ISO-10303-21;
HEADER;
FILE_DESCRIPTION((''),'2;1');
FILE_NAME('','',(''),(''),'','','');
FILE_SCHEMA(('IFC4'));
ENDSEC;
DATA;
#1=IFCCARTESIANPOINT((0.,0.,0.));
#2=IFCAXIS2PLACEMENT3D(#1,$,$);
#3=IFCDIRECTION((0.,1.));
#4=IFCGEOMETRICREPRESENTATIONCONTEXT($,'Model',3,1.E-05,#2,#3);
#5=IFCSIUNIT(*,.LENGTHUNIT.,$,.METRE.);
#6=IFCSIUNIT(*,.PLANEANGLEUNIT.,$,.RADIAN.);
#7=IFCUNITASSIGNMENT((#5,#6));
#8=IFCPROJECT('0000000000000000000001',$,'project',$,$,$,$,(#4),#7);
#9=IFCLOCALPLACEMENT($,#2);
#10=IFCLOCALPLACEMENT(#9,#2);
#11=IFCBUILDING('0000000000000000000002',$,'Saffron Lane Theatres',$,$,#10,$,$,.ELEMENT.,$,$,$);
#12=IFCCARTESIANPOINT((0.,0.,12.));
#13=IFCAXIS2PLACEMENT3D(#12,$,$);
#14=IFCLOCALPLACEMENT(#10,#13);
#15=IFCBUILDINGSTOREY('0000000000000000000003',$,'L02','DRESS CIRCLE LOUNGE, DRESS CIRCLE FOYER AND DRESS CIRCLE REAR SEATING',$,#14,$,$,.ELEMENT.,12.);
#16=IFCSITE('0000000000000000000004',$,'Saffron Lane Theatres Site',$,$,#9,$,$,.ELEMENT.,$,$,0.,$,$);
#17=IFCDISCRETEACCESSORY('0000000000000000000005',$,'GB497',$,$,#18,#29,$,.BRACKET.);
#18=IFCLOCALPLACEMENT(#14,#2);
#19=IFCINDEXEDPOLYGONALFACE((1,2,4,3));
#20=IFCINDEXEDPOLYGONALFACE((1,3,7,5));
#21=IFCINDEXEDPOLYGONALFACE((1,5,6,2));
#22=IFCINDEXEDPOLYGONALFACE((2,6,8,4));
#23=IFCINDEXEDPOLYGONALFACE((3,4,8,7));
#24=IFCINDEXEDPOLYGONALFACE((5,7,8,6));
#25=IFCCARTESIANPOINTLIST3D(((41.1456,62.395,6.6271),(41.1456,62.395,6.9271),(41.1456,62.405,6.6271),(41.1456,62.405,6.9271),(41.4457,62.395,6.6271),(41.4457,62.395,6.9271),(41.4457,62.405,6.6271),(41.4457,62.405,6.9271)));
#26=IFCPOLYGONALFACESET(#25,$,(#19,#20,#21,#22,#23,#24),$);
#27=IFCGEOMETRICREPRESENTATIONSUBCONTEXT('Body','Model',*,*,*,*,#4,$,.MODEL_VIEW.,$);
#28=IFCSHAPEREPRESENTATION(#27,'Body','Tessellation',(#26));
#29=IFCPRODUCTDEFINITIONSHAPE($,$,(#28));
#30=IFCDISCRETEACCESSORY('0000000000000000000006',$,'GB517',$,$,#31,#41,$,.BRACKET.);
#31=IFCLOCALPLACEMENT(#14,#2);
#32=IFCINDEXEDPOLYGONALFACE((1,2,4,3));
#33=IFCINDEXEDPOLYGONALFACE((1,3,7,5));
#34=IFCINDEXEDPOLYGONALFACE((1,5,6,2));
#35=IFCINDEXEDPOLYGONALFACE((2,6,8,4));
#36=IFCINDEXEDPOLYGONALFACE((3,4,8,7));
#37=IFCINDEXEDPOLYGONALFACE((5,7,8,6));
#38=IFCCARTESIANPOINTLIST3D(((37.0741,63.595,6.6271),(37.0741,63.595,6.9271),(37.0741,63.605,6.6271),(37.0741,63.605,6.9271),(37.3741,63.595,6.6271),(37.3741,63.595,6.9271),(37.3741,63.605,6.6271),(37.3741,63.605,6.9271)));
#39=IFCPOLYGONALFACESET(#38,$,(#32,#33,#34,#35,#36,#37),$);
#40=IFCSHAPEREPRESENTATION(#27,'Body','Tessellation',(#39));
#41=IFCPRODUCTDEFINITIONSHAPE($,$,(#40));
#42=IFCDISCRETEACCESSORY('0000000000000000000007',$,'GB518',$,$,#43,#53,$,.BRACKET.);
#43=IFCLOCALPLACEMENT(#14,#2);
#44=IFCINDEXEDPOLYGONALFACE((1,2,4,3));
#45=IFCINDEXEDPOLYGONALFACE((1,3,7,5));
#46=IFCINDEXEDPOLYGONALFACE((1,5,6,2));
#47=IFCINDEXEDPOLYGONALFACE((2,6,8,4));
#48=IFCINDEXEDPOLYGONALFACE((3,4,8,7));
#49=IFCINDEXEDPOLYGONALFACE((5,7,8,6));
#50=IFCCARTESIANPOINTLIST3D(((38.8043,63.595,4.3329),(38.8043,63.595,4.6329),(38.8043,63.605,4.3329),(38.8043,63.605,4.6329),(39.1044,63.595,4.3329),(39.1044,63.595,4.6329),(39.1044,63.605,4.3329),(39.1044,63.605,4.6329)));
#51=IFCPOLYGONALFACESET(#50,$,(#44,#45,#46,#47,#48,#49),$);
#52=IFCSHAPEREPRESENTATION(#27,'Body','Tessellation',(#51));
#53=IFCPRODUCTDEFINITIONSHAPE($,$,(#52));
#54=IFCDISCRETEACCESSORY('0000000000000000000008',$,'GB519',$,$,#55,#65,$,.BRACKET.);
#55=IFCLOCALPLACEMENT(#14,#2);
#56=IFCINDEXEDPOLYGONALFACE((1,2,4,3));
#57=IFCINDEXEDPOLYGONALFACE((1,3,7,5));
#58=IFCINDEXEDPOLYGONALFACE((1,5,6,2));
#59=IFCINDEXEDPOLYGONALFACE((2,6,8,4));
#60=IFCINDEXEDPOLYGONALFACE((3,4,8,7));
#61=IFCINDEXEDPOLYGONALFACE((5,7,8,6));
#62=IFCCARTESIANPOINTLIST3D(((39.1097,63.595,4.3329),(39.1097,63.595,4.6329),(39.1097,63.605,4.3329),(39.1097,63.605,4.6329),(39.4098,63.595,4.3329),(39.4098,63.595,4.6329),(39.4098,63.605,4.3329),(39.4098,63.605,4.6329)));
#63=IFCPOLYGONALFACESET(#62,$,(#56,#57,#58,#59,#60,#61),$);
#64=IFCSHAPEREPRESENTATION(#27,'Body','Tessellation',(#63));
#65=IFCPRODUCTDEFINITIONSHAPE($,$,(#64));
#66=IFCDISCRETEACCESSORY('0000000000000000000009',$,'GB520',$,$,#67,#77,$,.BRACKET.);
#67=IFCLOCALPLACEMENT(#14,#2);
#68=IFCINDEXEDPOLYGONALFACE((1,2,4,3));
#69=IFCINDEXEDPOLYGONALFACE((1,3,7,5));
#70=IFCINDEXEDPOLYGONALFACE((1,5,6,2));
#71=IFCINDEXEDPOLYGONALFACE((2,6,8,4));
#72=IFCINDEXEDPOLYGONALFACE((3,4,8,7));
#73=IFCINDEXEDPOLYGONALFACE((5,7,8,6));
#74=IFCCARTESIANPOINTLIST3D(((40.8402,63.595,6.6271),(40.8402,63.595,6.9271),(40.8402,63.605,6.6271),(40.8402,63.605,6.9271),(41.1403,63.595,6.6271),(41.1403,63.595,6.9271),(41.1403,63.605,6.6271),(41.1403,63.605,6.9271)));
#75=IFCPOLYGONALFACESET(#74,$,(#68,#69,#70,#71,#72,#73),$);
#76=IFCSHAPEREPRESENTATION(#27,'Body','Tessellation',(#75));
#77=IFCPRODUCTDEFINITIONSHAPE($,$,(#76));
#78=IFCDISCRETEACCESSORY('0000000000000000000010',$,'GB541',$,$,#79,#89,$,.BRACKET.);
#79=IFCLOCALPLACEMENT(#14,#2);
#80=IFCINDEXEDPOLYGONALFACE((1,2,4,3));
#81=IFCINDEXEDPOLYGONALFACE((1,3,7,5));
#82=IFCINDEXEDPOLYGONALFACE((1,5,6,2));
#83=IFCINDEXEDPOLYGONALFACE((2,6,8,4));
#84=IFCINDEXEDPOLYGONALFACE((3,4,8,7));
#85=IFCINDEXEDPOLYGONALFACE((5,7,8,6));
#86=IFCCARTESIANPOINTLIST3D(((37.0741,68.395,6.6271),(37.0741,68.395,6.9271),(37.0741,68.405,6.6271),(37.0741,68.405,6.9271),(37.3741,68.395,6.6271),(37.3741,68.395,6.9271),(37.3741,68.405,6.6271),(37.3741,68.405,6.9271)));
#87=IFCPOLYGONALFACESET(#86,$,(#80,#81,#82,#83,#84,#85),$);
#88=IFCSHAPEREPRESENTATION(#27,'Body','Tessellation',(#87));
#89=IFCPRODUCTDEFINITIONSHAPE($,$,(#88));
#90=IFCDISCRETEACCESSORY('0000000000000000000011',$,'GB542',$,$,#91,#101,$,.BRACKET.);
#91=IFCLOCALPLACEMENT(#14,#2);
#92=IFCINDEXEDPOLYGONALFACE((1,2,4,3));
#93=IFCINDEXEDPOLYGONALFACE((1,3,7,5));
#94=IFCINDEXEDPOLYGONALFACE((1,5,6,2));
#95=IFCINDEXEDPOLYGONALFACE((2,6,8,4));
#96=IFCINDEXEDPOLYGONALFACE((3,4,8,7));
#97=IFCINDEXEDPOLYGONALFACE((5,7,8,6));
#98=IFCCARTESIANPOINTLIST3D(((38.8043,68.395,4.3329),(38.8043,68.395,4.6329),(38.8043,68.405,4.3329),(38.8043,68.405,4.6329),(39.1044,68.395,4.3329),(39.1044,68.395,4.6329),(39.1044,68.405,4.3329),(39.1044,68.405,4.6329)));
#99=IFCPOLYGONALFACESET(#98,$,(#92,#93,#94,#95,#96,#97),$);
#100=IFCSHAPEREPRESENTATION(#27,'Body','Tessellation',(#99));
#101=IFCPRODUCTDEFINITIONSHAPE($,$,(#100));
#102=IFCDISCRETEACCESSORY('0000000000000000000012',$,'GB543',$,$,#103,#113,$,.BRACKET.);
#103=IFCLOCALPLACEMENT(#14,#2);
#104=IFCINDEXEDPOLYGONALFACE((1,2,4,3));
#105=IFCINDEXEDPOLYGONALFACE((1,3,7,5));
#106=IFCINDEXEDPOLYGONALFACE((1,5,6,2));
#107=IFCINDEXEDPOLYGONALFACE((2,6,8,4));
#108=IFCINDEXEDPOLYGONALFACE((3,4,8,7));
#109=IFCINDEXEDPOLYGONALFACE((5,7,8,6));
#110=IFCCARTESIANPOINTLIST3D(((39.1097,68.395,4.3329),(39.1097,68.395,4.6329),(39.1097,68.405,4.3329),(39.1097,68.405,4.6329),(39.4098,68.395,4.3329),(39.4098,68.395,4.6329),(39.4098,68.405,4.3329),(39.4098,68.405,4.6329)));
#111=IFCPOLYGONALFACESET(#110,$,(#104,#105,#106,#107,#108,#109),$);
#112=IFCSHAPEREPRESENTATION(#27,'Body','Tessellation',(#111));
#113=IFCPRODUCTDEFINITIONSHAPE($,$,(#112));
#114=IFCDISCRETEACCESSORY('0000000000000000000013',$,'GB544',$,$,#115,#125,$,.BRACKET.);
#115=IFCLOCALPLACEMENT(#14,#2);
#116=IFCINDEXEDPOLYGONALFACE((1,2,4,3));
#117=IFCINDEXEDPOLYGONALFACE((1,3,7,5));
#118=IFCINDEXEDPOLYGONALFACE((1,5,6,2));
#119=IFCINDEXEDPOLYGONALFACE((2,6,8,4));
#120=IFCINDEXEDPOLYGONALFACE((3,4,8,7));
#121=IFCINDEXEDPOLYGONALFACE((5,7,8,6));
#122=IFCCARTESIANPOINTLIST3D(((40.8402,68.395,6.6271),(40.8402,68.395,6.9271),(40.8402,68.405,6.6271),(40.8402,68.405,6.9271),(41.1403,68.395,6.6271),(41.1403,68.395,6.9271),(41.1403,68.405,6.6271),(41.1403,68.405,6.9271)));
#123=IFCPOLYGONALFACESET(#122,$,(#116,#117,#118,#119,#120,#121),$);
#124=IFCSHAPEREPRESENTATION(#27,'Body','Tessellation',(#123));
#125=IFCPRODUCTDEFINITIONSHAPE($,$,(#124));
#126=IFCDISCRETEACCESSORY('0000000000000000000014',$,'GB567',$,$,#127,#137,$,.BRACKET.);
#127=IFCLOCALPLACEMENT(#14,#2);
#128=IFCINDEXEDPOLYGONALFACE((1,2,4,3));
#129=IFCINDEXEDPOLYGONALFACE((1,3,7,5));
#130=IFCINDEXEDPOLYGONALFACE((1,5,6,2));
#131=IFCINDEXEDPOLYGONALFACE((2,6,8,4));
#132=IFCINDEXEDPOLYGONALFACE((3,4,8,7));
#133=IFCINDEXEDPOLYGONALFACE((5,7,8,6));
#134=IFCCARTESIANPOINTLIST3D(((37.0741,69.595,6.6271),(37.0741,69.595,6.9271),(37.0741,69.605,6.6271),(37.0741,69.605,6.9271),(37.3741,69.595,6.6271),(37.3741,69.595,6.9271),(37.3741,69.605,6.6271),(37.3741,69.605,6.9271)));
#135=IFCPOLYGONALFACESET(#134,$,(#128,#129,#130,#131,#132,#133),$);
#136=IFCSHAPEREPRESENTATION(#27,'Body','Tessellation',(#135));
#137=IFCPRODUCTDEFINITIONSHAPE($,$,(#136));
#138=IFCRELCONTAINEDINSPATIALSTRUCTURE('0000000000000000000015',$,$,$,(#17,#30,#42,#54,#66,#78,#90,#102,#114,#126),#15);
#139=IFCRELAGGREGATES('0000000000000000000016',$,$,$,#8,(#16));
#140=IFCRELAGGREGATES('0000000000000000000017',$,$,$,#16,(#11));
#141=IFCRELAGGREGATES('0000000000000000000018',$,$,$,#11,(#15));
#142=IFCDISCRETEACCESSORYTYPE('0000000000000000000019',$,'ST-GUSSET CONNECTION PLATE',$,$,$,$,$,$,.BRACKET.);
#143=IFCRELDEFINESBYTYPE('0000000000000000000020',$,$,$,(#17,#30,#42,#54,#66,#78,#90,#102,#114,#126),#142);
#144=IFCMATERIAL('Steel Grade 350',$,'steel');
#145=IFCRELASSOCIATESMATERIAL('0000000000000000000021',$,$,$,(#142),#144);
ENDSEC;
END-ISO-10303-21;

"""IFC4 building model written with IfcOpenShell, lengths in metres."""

from ifc_helpers import new_model, si_unit, direction, frame, origin, origin_2d, place, context, subcontext, project, spatial, rectangle, extrude, material, material_profile, profile_set, type_object, element, save


model = new_model("IFC4")

# Units and contexts
model_context = context("Model", 3, precision=1e-05, world=origin(), true_north=direction((0.0, 1.0)))
body_context = subcontext(model_context, "Body", "Model", "MODEL_VIEW")
ifc_project = project(units=[si_unit("LENGTHUNIT", "METRE"), si_unit("PLANEANGLEUNIT", "RADIAN")], contexts=[model_context])

# Site, building, storey
site_placement = place(None, origin())
site = spatial("IfcSite", under=ifc_project, at=site_placement, Name="Saffron Lane Theatres Site", CompositionType="ELEMENT", RefElevation=0.0)
building_placement = place(site_placement, origin())
building = spatial("IfcBuilding", under=site, at=building_placement, Name="Saffron Lane Theatres", CompositionType="ELEMENT")
storey_placement = place(building_placement, frame((0.0, 0.0, 12.0)))
storey = spatial("IfcBuildingStorey", under=building, at=storey_placement, Name="L02", Description="DRESS CIRCLE LOUNGE, DRESS CIRCLE FOYER AND DRESS CIRCLE REAR SEATING", CompositionType="ELEMENT", Elevation=12.0)

# Discrete accessories
ifc_material_1 = material(Name="Steel Grade 350", Category="steel")
ifc_material_profile_1 = material_profile(ifc_material_1, rectangle(XDim=0.3, YDim=0.3, at=origin_2d()))
ifc_profile_set_1 = profile_set([ifc_material_profile_1], Name="Steel Grade 350")
discrete_accessory_type = type_object("IfcDiscreteAccessoryType", Name="ST-GUSSET CONNECTION PLATE", PredefinedType="BRACKET", material=ifc_profile_set_1)
for number, where, z_axis, x_axis, name in (
    (1, (41.2957, 62.395, 6.7771), (0.0, 1.0, 0.0), (-1.0, 0.0, 0.0), "GB497"),
    (2, (37.2241, 63.595, 6.7771), (0.0, 1.0, 0.0), (-1.0, 0.0, 0.0), "GB517"),
    (3, (38.9543, 63.595, 4.4829), (0.0, 1.0, 0.0), (-1.0, 0.0, 0.0), "GB518"),
    (4, (39.2598, 63.595, 4.4829), (0.0, 1.0, 0.0), (-1.0, 0.0, 0.0), "GB519"),
    (5, (40.9902, 63.595, 6.7771), (0.0, 1.0, 0.0), (-1.0, 0.0, 0.0), "GB520"),
    (6, (37.2241, 68.395, 6.7771), (0.0, 1.0, 0.0), (-1.0, 0.0, 0.0), "GB541"),
    (7, (38.9543, 68.395, 4.4829), (0.0, 1.0, 0.0), (-1.0, 0.0, 0.0), "GB542"),
    (8, (39.2598, 68.395, 4.4829), (0.0, 1.0, 0.0), (-1.0, 0.0, 0.0), "GB543"),
    (9, (40.9902, 68.395, 6.7771), (0.0, 1.0, 0.0), (-1.0, 0.0, 0.0), "GB544"),
    (10, (37.2241, 69.595, 6.7771), (0.0, 1.0, 0.0), (-1.0, 0.0, 0.0), "GB567"),
):
    element("IfcDiscreteAccessory", number, at=place(storey_placement, frame(where, z_axis=z_axis, x_axis=x_axis)), inside=storey, type_object=discrete_accessory_type, Name=name, PredefinedType="BRACKET", context=body_context, shape_type="SweptSolid", body=[
        extrude(rectangle(XDim=0.3, YDim=0.3, at=origin_2d()), origin(), (0.0, 0.0, 1.0), 0.01),
    ])

save(model, "model.ifc")
